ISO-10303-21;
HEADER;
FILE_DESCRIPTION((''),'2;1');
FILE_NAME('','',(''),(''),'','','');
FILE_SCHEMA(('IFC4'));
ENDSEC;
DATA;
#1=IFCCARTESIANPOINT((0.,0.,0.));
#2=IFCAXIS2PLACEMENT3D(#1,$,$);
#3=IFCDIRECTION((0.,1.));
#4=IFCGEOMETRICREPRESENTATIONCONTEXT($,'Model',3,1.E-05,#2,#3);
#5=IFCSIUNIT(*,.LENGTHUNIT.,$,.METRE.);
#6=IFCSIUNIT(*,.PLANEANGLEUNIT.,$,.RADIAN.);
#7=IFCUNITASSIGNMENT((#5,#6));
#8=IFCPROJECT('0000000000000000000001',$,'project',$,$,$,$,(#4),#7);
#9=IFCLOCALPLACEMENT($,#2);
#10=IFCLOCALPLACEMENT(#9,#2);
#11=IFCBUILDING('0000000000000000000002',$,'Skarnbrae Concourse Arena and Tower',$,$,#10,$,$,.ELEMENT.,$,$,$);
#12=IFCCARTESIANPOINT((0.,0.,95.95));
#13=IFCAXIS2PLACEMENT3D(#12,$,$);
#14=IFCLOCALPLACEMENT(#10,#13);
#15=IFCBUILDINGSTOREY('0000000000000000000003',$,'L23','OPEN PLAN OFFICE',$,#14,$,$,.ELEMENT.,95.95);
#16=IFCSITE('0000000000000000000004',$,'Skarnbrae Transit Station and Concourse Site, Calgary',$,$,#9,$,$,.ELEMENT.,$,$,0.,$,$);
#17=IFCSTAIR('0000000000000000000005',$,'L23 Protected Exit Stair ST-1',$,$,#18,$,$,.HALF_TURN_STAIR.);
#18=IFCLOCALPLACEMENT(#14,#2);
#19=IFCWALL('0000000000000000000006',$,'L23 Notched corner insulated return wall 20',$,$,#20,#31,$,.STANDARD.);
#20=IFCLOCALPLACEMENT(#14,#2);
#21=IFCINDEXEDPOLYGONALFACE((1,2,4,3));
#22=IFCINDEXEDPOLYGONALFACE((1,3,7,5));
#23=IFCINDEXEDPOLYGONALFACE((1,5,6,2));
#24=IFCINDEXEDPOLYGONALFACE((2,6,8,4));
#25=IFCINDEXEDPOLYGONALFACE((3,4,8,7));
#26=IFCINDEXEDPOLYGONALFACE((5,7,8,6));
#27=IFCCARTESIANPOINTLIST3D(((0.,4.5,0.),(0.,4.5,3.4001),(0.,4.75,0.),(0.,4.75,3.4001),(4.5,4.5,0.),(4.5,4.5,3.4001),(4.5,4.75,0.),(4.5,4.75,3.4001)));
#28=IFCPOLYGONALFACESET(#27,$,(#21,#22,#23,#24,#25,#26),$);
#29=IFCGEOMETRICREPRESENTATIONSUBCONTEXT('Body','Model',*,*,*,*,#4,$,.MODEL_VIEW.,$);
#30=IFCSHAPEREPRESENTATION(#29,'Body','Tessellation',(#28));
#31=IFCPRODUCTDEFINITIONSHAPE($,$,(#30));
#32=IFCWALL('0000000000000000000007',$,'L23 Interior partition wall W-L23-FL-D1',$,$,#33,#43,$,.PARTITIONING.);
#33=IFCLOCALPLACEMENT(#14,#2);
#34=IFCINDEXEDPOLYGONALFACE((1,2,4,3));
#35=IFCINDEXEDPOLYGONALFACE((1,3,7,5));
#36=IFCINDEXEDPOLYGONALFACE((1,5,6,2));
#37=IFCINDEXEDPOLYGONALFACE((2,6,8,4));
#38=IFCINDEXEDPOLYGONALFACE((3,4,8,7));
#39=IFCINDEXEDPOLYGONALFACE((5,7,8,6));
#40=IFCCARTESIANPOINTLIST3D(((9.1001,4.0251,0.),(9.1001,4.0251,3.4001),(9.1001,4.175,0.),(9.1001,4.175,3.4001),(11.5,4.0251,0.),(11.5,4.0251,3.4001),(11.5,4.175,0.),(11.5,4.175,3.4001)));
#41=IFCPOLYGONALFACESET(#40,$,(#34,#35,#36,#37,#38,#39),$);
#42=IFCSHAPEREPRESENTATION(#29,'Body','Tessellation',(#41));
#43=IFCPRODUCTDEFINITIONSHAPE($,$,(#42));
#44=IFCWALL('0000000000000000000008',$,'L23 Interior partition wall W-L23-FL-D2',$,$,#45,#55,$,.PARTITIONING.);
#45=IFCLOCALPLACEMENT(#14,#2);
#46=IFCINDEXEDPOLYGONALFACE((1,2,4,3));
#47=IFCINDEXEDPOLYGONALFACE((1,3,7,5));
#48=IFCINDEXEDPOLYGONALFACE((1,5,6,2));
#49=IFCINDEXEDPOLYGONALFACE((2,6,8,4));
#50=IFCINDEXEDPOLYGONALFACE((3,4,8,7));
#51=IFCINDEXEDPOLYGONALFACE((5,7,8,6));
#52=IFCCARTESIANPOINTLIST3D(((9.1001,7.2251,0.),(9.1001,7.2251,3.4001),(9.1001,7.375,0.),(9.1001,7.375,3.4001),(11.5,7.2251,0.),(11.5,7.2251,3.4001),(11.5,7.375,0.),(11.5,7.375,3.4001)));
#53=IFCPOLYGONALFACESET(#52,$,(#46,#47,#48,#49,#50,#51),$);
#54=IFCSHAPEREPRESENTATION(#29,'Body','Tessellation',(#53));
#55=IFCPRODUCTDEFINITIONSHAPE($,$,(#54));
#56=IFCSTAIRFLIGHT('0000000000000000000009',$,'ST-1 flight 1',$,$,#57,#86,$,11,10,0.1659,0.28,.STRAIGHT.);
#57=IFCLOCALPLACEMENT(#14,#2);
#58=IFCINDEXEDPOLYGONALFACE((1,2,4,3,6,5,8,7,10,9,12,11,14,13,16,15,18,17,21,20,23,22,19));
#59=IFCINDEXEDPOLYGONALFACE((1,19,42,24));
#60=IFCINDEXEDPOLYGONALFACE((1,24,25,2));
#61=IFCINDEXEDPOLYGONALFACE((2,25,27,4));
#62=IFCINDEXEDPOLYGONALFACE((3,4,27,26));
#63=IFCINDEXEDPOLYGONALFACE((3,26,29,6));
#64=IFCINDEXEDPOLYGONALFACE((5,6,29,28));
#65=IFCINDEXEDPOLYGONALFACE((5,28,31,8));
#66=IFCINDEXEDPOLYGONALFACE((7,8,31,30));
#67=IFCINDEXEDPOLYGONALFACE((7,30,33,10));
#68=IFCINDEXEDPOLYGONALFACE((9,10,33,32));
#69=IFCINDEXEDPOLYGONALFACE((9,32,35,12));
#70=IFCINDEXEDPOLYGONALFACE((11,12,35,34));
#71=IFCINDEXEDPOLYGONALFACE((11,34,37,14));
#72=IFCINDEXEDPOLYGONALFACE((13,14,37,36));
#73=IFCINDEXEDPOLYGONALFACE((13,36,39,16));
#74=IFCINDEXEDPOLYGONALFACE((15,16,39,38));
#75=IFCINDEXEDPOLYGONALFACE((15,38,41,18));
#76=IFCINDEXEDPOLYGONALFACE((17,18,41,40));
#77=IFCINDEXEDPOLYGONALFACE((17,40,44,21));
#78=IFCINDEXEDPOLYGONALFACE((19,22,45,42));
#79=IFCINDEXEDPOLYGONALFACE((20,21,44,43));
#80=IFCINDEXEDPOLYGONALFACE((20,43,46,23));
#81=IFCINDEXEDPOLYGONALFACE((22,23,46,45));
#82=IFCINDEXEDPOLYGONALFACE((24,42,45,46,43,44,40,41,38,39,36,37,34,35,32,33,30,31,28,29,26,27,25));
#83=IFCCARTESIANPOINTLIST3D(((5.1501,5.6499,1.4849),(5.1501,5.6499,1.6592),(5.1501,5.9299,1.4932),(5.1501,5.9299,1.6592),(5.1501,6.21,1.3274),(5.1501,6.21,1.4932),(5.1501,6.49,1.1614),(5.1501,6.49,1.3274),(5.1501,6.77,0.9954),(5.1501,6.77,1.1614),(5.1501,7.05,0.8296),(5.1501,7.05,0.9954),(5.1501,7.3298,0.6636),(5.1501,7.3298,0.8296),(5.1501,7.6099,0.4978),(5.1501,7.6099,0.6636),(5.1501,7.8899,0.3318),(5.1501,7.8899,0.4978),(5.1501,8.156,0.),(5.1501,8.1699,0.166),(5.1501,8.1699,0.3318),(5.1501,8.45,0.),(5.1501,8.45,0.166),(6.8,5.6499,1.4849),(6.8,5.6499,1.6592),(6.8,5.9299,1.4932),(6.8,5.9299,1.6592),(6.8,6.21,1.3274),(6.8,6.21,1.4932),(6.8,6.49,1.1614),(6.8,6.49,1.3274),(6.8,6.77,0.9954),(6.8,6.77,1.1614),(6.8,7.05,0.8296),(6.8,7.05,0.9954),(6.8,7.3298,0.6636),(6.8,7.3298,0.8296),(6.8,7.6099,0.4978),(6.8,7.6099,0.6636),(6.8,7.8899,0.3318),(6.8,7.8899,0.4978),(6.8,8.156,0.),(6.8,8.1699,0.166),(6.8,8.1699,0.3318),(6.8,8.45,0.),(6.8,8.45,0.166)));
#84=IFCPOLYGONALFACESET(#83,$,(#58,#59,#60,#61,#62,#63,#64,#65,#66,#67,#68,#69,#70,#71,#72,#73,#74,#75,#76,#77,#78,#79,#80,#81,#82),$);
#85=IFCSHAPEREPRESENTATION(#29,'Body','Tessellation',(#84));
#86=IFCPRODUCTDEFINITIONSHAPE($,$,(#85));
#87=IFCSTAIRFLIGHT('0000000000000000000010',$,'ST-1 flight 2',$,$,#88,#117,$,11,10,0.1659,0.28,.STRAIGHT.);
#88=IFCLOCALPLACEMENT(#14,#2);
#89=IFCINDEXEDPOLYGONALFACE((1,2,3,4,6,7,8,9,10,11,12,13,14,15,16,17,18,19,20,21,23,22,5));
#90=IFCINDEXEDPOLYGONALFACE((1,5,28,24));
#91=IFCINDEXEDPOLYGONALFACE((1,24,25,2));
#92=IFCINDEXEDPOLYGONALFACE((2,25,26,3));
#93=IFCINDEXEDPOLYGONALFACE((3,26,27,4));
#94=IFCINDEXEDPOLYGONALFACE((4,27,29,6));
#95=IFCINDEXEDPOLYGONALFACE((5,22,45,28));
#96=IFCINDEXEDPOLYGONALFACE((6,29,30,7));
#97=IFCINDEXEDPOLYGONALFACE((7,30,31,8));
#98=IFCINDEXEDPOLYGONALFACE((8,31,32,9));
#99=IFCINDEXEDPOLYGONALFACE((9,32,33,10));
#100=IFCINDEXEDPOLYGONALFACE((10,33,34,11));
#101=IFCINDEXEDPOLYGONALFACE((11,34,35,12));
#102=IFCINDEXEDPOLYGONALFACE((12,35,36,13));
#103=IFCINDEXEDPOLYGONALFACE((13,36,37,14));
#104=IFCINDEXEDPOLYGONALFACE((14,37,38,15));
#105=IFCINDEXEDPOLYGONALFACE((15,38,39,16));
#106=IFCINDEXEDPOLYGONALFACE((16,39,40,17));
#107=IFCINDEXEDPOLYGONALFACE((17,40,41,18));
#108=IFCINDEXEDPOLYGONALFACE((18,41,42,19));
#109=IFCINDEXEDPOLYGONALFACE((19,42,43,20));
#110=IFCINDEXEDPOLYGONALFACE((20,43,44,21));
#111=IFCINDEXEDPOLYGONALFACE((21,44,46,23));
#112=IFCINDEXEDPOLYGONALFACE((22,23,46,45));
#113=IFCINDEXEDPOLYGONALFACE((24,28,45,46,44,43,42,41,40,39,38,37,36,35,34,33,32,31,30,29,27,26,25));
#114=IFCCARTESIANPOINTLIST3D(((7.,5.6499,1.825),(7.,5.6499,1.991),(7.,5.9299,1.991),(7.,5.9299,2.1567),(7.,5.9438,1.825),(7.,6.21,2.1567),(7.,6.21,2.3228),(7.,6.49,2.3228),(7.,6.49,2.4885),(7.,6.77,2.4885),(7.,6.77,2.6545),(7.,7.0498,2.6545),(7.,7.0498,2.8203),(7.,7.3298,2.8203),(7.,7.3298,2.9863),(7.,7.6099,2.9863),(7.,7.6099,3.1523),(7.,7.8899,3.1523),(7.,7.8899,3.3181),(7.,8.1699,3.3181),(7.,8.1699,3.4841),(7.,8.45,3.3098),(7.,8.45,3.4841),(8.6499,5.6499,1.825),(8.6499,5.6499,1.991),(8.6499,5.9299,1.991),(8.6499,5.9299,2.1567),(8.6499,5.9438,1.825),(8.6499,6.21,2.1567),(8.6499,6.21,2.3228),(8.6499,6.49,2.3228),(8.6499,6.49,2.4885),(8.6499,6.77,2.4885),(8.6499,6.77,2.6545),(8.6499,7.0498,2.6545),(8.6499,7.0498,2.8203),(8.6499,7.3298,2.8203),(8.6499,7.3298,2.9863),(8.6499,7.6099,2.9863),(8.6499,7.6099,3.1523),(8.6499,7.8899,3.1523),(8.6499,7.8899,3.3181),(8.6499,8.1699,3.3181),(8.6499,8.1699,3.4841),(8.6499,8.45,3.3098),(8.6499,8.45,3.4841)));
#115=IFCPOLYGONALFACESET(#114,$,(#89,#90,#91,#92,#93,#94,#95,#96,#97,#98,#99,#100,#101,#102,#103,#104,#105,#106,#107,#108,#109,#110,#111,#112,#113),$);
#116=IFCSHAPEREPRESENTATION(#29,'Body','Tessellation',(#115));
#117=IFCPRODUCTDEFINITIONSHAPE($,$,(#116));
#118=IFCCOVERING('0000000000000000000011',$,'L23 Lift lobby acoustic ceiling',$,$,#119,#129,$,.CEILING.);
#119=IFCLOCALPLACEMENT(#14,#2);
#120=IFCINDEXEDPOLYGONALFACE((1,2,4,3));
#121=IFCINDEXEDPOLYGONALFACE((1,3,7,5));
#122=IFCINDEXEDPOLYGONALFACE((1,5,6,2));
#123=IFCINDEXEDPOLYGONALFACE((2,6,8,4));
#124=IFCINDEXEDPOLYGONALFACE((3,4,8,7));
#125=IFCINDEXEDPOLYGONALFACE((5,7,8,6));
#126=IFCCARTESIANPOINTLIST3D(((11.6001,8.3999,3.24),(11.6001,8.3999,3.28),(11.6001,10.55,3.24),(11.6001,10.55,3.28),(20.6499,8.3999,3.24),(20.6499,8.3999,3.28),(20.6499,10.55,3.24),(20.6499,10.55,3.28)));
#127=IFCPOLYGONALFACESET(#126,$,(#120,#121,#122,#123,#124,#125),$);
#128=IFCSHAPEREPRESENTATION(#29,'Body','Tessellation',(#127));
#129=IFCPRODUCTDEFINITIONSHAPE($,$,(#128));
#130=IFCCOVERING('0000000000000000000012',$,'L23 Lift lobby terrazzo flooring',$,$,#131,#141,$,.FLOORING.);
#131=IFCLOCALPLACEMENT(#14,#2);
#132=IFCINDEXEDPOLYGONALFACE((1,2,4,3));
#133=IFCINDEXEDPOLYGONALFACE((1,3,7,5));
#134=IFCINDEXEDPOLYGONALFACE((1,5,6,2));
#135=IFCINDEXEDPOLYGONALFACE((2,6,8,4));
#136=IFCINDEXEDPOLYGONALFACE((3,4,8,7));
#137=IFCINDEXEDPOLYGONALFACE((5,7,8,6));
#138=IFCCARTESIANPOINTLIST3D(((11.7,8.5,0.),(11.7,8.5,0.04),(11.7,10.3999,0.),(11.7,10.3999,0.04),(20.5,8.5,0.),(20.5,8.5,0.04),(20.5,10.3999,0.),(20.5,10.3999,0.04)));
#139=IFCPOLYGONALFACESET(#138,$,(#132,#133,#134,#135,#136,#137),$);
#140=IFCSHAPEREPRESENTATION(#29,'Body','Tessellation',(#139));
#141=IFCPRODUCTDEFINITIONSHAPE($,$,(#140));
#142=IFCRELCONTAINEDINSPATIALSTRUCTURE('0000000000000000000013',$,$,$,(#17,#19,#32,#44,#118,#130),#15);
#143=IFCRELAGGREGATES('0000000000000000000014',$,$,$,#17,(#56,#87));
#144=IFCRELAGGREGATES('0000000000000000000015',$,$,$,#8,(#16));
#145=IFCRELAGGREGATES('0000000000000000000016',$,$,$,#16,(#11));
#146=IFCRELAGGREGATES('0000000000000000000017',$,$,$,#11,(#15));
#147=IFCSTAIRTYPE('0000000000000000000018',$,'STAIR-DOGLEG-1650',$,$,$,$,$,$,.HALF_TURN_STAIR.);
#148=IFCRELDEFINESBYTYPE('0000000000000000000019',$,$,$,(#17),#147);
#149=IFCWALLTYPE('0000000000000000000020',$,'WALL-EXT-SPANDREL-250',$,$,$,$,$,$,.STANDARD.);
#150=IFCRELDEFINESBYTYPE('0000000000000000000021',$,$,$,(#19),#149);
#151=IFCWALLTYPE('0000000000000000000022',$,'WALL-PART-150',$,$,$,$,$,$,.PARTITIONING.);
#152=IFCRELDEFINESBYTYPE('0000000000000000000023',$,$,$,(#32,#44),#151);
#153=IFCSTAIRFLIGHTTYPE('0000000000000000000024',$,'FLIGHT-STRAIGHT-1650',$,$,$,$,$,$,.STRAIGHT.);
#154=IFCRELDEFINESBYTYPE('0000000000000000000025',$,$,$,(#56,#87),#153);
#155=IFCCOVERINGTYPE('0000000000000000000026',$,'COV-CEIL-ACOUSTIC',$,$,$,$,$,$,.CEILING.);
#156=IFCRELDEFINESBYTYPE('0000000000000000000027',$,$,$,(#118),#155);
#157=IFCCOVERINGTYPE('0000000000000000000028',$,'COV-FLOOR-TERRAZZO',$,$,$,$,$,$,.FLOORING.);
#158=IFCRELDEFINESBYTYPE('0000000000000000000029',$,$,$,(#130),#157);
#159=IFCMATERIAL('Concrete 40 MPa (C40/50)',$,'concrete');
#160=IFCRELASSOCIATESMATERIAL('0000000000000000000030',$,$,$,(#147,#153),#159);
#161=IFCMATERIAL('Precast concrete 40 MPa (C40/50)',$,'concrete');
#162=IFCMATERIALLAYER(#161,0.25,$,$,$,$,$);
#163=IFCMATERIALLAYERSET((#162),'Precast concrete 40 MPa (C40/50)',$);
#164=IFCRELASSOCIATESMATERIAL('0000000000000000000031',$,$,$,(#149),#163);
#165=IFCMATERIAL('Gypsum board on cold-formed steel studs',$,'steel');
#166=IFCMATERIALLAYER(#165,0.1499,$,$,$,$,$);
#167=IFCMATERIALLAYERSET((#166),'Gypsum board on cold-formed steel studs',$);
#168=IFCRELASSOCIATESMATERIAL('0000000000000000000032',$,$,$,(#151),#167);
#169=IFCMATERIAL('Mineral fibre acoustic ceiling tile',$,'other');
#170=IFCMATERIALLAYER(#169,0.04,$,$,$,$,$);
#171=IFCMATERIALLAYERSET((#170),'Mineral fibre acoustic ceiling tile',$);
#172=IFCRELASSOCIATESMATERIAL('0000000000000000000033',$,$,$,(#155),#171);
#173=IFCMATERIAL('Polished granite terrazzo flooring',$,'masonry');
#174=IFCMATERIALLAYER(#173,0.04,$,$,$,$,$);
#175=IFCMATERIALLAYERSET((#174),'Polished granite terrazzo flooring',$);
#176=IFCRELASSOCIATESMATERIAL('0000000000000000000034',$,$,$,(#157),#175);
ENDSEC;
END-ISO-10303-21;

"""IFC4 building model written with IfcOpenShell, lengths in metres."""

from ifc_helpers import new_model, si_unit, direction, frame, frame_2d, origin, place, context, subcontext, project, spatial, polyline, rectangle, outline, extrude, source, transform, mapped, material, layer, layer_set, type_object, element, aggregate, save


model = new_model("IFC4")

# Units and contexts
model_context = context("Model", 3, precision=1e-05, world=origin(), true_north=direction((0.0, 1.0)))
body_context = subcontext(model_context, "Body", "Model", "MODEL_VIEW")
ifc_project = project(units=[si_unit("LENGTHUNIT", "METRE"), si_unit("PLANEANGLEUNIT", "RADIAN")], contexts=[model_context])

# Site, building, storey
site_placement = place(None, origin())
site = spatial("IfcSite", under=ifc_project, at=site_placement, Name="Skarnbrae Transit Station and Concourse Site, Calgary", CompositionType="ELEMENT", RefElevation=0.0)
building_placement = place(site_placement, origin())
building = spatial("IfcBuilding", under=site, at=building_placement, Name="Skarnbrae Concourse Arena and Tower", CompositionType="ELEMENT")
storey_placement = place(building_placement, frame((0.0, 0.0, 95.95)))
storey = spatial("IfcBuildingStorey", under=building, at=storey_placement, Name="L23", Description="OPEN PLAN OFFICE", CompositionType="ELEMENT", Elevation=95.95)

# Stair
ifc_material_1 = material(Name="Concrete 40 MPa (C40/50)", Category="concrete")
stair_type = type_object("IfcStairType", Name="STAIR-DOGLEG-1650", PredefinedType="HALF_TURN_STAIR", material=ifc_material_1)
stair_1_placement = place(storey_placement, origin())
stair_1 = element("IfcStair", 1, at=stair_1_placement, inside=storey, type_object=stair_type, Name="L23 Protected Exit Stair ST-1", PredefinedType="HALF_TURN_STAIR")

# Walls
ifc_material_2 = material(Name="Precast concrete 40 MPa (C40/50)", Category="concrete")
ifc_layer_1 = layer(ifc_material_2, 0.25)
ifc_layer_set_1 = layer_set([ifc_layer_1], Name="Precast concrete 40 MPa (C40/50)")
wall_type_1 = type_object("IfcWallType", Name="WALL-EXT-SPANDREL-250", PredefinedType="STANDARD", material=ifc_layer_set_1)
shared_shape_1 = source(origin(), body_context, "Body", "SweptSolid", [
    extrude(rectangle(XDim=4.5, YDim=0.25, at=frame_2d((2.25, 0.0))), origin(), (0.0, 0.0, 1.0), 3.4001),
])
wall_1_placement = place(storey_placement, frame((0.0, 4.625, 0.0), z_axis=(0.0, 0.0, 1.0), x_axis=(1.0, 0.0, 0.0)))
element("IfcWall", 2, at=wall_1_placement, inside=storey, type_object=wall_type_1, Name="L23 Notched corner insulated return wall 20", PredefinedType="STANDARD", context=body_context, shape_type="MappedRepresentation", body=[
    mapped(shared_shape_1, transform((0.0, 0.0, 0.0))),
])
ifc_material_3 = material(Name="Gypsum board on cold-formed steel studs", Category="steel")
ifc_layer_2 = layer(ifc_material_3, 0.1499)
ifc_layer_set_2 = layer_set([ifc_layer_2], Name="Gypsum board on cold-formed steel studs")
wall_type_2 = type_object("IfcWallType", Name="WALL-PART-150", PredefinedType="PARTITIONING", material=ifc_layer_set_2)
shared_shape_2 = source(origin(), body_context, "Body", "SweptSolid", [
    extrude(rectangle(XDim=2.3999, YDim=0.1499, at=frame_2d((1.2, 0.0))), origin(), (0.0, 0.0, 1.0), 3.4001),
])
for number, where, z_axis, x_axis, name in (
    (3, (9.1001, 4.1001, 0.0), (0.0, 0.0, 1.0), (1.0, 0.0, 0.0), "L23 Interior partition wall W-L23-FL-D1"),
    (4, (9.1001, 7.3, 0.0), (0.0, 0.0, 1.0), (1.0, 0.0, 0.0), "L23 Interior partition wall W-L23-FL-D2"),
):
    element("IfcWall", number, at=place(storey_placement, frame(where, z_axis=z_axis, x_axis=x_axis)), inside=storey, type_object=wall_type_2, Name=name, PredefinedType="PARTITIONING", context=body_context, shape_type="MappedRepresentation", body=[
        mapped(shared_shape_2, transform((0.0, 0.0, 0.0))),
    ])

# Stair flights
stair_flight_type = type_object("IfcStairFlightType", Name="FLIGHT-STRAIGHT-1650", PredefinedType="STRAIGHT", material=ifc_material_1)
shared_shape_3 = source(origin(), body_context, "Body", "SweptSolid", [
    extrude(outline(polyline([(0.0, 0.0), (0.0, 0.166), (0.28, 0.166), (0.28, 0.3318), (0.5601, 0.3318), (0.5601, 0.4978), (0.8401, 0.4978), (0.8401, 0.6636), (1.1201, 0.6636), (1.1201, 0.8296), (1.3999, 0.8296), (1.3999, 0.9954), (1.6799, 0.9954), (1.6799, 1.1614), (1.96, 1.1614), (1.96, 1.3274), (2.24, 1.3274), (2.24, 1.4932), (2.52, 1.4932), (2.52, 1.6592), (2.8, 1.6592), (2.8, 1.825), (2.8, 1.4849), (0.2939, 0.0), (0.0, 0.0)])), frame((0.0, 0.825, 0.0), z_axis=(0.0, -1.0, 0.0), x_axis=(1.0, 0.0, 0.0)), (0.0, 0.0, 1.0), 1.6499),
])
stair_flight_1_placement = place(storey_placement, frame((5.9751, 8.45, 0.0), z_axis=(0.0, 0.0, 1.0), x_axis=(0.0, -1.0, 0.0)))
stair_flight_1 = element("IfcStairFlight", 5, at=stair_flight_1_placement, type_object=stair_flight_type, Name="ST-1 flight 1", NumberOfRisers=11, NumberOfTreads=10, PredefinedType="STRAIGHT", RiserHeight=0.1659, TreadLength=0.28, context=body_context, shape_type="MappedRepresentation", body=[
    mapped(shared_shape_3, transform((0.0, 0.0, 0.0))),
])
stair_flight_2_placement = place(storey_placement, frame((7.825, 5.6499, 1.825), z_axis=(0.0, 0.0, 1.0), x_axis=(0.0, 1.0, 0.0)))
stair_flight_2 = element("IfcStairFlight", 6, at=stair_flight_2_placement, type_object=stair_flight_type, Name="ST-1 flight 2", NumberOfRisers=11, NumberOfTreads=10, PredefinedType="STRAIGHT", RiserHeight=0.1659, TreadLength=0.28, context=body_context, shape_type="MappedRepresentation", body=[
    mapped(shared_shape_3, transform((0.0, 0.0, 0.0))),
])
aggregate(stair_1, [stair_flight_1, stair_flight_2])

# Coverings
ifc_material_4 = material(Name="Mineral fibre acoustic ceiling tile", Category="other")
ifc_layer_3 = layer(ifc_material_4, 0.04)
ifc_layer_set_3 = layer_set([ifc_layer_3], Name="Mineral fibre acoustic ceiling tile")
covering_type_1 = type_object("IfcCoveringType", Name="COV-CEIL-ACOUSTIC", PredefinedType="CEILING", material=ifc_layer_set_3)
covering_1_placement = place(storey_placement, frame((0.0, 0.0, 3.24)))
element("IfcCovering", 7, at=covering_1_placement, inside=storey, type_object=covering_type_1, Name="L23 Lift lobby acoustic ceiling", PredefinedType="CEILING", context=body_context, shape_type="SweptSolid", body=[
    extrude(outline(polyline([(11.6001, 8.3999), (20.6499, 8.3999), (20.6499, 10.55), (11.6001, 10.55), (11.6001, 8.3999)])), origin(), (0.0, 0.0, 1.0), 0.04),
])
ifc_material_5 = material(Name="Polished granite terrazzo flooring", Category="masonry")
ifc_layer_4 = layer(ifc_material_5, 0.04)
ifc_layer_set_4 = layer_set([ifc_layer_4], Name="Polished granite terrazzo flooring")
covering_type_2 = type_object("IfcCoveringType", Name="COV-FLOOR-TERRAZZO", PredefinedType="FLOORING", material=ifc_layer_set_4)
covering_2_placement = place(storey_placement, origin())
element("IfcCovering", 8, at=covering_2_placement, inside=storey, type_object=covering_type_2, Name="L23 Lift lobby terrazzo flooring", PredefinedType="FLOORING", context=body_context, shape_type="SweptSolid", body=[
    extrude(outline(polyline([(11.7, 8.5), (20.5, 8.5), (20.5, 10.3999), (11.7, 10.3999), (11.7, 8.5)])), origin(), (0.0, 0.0, 1.0), 0.04),
])

save(model, "model.ifc")
